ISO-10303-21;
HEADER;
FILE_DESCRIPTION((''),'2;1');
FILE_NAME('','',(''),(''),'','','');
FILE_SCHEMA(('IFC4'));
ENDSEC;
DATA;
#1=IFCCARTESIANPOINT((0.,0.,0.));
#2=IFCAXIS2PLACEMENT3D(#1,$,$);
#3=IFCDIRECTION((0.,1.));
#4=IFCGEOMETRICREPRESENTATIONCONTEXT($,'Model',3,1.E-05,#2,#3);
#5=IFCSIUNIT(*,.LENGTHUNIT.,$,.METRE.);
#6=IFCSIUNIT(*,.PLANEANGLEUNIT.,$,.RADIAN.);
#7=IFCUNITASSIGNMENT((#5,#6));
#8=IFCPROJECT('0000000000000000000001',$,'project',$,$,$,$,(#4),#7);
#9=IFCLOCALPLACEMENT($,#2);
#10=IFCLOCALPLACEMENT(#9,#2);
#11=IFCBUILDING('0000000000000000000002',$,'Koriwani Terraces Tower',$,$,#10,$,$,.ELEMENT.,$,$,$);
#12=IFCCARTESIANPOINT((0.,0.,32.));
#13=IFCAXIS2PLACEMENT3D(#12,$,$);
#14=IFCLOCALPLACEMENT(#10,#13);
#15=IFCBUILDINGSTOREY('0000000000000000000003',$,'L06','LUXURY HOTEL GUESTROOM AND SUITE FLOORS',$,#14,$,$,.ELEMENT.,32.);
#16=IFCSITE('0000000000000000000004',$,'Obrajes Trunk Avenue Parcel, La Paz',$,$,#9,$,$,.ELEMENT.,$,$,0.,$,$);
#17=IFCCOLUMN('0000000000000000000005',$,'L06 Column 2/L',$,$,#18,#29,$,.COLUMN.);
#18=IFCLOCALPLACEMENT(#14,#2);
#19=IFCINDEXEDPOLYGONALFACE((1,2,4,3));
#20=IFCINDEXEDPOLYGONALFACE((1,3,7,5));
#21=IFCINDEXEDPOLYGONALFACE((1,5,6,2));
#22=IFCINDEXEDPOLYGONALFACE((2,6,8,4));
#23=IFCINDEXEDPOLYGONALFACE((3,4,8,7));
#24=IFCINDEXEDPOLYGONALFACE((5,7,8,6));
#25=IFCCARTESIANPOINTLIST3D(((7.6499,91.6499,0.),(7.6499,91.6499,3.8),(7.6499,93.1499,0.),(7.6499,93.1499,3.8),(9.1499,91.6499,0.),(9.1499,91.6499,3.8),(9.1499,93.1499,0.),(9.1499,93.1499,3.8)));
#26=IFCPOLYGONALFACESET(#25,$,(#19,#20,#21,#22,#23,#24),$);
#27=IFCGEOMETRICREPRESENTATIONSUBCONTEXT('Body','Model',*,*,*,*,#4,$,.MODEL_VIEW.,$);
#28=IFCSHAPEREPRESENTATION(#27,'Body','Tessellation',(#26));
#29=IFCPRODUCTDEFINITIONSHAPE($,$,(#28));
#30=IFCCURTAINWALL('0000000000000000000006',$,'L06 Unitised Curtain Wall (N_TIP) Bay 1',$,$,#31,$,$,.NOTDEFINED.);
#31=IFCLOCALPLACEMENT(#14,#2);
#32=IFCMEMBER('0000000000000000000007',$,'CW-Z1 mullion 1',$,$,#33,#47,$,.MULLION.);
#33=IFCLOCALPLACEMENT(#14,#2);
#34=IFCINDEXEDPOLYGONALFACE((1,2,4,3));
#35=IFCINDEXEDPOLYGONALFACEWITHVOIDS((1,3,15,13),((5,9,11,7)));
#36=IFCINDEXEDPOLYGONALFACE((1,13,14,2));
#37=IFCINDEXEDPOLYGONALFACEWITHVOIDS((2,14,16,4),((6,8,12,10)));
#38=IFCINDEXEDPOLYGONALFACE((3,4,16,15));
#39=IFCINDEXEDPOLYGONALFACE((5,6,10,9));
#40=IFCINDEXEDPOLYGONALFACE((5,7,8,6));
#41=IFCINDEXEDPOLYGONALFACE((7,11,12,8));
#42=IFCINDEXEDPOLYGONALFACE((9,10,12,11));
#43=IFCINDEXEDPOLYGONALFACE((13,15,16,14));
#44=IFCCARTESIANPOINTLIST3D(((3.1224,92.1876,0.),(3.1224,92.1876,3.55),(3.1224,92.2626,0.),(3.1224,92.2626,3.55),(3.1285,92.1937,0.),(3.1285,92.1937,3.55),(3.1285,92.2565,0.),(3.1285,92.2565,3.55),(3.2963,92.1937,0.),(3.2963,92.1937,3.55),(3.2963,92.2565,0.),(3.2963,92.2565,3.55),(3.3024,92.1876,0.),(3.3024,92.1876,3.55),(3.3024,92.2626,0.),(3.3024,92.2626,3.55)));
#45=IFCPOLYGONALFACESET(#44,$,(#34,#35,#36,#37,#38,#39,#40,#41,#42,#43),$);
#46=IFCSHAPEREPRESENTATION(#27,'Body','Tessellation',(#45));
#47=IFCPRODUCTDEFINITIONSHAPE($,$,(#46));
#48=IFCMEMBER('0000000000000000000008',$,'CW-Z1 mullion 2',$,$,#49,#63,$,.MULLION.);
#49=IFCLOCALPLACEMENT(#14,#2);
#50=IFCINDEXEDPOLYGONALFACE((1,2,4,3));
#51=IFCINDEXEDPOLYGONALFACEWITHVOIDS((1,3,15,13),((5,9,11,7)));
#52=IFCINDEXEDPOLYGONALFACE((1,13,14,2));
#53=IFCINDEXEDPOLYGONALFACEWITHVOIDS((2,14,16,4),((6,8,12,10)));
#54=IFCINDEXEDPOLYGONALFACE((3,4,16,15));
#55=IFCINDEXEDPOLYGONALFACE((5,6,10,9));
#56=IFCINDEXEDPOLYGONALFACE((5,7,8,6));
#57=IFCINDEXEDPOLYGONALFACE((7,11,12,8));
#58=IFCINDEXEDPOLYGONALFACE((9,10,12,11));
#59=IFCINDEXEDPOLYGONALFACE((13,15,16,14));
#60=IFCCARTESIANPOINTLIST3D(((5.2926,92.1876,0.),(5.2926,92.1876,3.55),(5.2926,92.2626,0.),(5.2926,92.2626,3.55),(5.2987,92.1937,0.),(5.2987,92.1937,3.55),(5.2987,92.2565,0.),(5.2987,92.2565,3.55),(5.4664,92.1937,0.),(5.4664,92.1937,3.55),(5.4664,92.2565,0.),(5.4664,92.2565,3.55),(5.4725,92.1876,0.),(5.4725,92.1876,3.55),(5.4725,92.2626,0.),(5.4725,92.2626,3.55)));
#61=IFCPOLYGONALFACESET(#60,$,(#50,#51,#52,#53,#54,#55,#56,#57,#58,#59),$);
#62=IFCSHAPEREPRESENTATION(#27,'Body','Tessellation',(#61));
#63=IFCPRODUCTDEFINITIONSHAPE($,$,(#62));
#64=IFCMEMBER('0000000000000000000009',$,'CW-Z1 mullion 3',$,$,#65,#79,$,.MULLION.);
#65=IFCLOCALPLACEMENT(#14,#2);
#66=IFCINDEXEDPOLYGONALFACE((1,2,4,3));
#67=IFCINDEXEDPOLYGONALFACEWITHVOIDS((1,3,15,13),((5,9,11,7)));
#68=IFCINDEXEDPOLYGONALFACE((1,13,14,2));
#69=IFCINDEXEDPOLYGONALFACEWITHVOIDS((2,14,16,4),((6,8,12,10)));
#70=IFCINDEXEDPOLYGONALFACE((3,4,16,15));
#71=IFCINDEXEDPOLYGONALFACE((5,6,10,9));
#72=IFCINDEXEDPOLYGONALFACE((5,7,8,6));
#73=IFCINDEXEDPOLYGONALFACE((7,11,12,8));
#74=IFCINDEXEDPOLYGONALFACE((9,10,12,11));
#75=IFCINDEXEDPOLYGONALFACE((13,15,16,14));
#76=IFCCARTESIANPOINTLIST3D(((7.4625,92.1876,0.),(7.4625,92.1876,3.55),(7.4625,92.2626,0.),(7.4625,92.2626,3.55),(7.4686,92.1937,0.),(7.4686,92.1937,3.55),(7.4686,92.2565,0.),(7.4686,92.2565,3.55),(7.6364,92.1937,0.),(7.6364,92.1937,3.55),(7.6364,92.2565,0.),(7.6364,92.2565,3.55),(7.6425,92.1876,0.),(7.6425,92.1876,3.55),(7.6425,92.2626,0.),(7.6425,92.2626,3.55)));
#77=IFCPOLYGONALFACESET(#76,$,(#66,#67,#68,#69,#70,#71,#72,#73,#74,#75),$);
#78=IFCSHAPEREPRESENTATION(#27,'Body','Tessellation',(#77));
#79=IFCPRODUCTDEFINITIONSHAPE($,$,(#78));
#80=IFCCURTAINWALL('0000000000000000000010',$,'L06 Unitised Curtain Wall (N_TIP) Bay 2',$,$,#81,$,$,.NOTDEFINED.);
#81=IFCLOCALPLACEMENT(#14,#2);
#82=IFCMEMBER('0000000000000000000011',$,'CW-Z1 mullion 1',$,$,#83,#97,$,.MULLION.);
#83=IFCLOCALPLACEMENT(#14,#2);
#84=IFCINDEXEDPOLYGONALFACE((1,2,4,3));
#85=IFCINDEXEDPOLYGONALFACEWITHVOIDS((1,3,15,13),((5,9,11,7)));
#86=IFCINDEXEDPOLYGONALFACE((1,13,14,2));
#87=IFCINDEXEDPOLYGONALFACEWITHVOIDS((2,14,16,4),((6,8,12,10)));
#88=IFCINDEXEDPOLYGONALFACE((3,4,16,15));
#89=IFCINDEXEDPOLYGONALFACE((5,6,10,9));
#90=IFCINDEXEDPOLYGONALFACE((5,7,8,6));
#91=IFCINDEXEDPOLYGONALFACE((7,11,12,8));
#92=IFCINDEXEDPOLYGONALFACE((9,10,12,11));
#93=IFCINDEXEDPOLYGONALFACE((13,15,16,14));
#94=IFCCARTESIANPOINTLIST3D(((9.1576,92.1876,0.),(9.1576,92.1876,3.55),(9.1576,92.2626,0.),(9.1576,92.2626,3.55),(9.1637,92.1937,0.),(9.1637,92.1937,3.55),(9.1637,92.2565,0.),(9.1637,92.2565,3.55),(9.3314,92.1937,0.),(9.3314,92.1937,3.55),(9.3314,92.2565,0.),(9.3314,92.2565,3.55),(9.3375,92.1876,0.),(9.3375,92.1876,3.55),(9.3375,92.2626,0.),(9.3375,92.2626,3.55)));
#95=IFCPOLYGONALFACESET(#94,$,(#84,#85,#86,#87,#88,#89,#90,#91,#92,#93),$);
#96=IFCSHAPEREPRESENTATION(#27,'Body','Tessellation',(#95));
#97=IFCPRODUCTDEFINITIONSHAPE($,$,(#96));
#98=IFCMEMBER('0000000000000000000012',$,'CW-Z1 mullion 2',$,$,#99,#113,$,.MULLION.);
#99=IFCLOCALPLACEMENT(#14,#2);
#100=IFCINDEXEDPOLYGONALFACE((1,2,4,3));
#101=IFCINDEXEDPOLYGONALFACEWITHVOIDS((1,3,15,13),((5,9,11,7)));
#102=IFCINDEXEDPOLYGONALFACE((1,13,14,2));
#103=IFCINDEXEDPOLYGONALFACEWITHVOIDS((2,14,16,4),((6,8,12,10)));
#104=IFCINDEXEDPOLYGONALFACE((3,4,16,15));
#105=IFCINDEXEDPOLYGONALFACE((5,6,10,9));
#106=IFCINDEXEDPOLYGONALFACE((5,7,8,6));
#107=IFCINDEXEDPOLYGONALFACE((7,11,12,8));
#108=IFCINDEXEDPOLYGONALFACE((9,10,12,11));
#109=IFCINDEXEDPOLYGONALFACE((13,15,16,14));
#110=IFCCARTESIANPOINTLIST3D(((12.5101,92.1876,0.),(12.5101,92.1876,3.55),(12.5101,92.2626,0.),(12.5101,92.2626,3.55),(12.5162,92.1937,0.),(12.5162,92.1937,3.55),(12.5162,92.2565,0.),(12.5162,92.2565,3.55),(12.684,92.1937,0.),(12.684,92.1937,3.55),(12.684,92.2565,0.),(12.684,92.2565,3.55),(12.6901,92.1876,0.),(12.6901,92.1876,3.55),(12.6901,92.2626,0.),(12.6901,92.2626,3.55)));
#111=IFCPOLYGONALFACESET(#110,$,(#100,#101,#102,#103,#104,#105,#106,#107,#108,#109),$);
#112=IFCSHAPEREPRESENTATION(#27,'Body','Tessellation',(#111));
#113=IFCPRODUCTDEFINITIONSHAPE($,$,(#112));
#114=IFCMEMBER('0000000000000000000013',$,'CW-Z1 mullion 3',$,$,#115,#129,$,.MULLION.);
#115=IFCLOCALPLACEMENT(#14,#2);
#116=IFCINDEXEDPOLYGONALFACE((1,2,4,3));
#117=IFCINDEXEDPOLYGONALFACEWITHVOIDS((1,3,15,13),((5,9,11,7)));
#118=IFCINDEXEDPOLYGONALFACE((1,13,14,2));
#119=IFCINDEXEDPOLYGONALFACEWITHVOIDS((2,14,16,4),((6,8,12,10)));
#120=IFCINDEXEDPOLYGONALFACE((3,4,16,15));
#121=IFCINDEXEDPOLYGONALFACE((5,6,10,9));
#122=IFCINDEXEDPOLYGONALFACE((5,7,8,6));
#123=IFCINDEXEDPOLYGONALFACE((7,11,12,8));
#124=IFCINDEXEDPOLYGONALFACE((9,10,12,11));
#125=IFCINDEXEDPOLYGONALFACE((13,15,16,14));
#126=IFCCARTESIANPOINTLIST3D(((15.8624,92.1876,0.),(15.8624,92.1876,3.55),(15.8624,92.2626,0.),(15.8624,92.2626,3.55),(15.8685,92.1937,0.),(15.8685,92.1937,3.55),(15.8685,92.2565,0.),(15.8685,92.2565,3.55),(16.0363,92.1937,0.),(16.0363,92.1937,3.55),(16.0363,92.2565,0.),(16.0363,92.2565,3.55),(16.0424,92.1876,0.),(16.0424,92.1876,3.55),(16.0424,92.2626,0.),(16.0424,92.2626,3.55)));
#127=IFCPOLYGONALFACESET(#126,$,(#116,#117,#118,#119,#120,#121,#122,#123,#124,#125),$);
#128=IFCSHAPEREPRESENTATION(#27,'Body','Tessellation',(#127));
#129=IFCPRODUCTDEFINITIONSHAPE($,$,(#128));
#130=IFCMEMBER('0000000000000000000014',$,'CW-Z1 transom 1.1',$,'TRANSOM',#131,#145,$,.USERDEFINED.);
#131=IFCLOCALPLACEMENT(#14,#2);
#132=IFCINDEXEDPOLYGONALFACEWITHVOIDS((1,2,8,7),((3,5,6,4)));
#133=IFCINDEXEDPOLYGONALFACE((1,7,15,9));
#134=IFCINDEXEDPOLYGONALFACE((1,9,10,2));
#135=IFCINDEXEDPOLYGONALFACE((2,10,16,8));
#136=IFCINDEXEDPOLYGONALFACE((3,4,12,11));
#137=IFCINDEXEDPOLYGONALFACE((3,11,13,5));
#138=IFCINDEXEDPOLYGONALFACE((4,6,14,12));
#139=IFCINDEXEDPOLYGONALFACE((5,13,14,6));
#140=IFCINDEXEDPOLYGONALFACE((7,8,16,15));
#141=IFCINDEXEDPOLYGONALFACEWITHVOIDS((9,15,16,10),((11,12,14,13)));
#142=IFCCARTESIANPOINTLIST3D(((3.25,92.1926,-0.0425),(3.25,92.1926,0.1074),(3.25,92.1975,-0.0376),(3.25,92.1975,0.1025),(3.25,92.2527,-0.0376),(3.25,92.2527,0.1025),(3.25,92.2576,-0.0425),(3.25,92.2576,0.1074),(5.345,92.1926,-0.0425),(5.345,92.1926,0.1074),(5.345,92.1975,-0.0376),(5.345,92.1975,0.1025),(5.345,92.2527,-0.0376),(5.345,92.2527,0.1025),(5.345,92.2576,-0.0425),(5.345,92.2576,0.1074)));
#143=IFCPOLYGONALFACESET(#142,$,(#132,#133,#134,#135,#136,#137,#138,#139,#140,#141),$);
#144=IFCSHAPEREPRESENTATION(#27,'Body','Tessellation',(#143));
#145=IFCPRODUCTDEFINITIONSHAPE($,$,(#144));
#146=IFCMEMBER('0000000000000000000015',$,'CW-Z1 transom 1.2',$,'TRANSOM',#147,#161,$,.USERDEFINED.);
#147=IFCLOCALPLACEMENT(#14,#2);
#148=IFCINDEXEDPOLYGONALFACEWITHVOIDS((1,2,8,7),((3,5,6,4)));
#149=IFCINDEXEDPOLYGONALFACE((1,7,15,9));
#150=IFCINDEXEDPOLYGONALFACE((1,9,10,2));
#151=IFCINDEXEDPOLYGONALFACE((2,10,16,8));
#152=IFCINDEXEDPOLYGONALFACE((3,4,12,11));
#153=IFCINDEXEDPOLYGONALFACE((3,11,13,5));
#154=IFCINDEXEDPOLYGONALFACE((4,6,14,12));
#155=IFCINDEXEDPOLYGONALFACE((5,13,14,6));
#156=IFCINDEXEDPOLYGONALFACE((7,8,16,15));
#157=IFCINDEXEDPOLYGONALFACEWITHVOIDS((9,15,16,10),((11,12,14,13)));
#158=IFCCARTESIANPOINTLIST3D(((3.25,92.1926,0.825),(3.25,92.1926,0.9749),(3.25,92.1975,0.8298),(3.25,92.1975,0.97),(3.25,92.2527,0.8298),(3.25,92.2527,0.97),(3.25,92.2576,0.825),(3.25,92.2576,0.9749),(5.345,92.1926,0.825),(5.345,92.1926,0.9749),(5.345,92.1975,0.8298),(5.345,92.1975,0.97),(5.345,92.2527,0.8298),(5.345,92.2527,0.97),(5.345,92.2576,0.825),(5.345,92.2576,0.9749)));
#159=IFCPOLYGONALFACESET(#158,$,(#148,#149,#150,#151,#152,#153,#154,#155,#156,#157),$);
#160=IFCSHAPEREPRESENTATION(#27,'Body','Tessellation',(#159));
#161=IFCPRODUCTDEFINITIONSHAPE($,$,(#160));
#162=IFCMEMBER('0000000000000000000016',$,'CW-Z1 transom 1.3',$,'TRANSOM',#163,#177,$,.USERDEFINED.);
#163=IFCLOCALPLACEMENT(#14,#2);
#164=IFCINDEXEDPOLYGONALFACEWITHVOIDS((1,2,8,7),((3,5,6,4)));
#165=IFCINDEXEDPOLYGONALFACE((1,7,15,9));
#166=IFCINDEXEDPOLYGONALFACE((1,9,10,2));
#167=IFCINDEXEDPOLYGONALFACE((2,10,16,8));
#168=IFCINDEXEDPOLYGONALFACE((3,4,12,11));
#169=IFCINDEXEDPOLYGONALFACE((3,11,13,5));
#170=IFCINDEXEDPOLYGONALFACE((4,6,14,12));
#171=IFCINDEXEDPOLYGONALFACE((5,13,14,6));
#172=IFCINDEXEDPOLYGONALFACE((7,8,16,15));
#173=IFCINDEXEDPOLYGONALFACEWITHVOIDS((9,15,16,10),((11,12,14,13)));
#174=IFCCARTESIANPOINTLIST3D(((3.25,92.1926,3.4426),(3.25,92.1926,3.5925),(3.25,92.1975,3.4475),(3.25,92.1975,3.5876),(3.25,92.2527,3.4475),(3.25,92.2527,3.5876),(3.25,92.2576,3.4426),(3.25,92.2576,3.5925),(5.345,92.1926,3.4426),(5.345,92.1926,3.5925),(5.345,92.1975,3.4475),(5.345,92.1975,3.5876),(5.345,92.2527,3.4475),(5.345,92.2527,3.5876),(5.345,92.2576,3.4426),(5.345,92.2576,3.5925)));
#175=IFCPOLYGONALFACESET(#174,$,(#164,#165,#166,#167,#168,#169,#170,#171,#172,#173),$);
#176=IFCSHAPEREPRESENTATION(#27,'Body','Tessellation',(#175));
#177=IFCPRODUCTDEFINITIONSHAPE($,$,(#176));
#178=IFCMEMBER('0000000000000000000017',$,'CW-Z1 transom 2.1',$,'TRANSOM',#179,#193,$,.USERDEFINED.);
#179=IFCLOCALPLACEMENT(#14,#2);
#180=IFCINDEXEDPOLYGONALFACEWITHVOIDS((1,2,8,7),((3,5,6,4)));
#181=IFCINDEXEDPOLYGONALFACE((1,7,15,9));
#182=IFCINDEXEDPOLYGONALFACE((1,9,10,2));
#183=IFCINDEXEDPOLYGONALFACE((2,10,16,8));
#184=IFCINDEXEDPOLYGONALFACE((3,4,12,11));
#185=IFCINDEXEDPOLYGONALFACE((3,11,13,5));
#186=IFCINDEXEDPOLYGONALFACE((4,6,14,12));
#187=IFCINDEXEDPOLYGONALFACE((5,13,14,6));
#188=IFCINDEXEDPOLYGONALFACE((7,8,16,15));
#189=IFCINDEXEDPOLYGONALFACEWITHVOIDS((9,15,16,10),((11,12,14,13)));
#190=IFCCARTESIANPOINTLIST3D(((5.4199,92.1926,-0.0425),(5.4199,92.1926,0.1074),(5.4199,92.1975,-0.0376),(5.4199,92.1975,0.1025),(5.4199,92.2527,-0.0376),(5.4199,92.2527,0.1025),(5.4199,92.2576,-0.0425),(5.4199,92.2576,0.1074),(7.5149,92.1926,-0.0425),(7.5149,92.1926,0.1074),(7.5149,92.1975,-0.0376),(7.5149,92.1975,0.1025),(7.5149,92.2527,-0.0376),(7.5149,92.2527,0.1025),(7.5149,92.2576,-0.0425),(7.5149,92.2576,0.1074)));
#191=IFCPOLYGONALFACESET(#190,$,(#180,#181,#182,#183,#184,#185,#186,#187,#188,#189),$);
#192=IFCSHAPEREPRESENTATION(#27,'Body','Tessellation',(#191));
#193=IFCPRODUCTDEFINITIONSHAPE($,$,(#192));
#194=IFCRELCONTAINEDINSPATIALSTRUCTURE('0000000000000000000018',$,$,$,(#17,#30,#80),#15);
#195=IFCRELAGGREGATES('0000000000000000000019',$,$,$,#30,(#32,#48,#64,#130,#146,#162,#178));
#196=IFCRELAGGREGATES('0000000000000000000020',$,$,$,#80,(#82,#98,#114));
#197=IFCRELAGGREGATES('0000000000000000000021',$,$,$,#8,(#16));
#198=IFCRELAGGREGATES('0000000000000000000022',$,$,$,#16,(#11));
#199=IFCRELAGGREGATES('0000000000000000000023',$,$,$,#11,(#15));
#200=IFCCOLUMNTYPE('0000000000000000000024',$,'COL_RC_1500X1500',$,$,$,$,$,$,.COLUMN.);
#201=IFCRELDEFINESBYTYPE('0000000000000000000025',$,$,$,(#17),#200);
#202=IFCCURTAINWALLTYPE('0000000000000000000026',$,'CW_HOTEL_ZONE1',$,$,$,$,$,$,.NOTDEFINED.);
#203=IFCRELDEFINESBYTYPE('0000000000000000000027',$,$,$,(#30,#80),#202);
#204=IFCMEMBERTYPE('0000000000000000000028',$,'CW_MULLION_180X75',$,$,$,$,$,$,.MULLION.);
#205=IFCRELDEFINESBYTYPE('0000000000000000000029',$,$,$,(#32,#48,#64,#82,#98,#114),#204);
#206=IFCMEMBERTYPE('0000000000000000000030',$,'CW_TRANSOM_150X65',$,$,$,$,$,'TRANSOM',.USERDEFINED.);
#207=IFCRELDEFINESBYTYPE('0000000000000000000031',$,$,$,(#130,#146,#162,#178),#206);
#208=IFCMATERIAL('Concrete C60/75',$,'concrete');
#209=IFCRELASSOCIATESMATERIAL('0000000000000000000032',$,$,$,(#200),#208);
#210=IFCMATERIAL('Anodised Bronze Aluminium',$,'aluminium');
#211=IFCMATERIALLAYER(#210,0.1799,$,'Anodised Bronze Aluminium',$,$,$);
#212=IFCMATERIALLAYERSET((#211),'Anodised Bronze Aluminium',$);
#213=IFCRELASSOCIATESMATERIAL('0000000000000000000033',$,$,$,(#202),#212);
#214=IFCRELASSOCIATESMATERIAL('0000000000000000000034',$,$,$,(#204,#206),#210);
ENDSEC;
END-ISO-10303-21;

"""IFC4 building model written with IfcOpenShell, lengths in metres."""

from ifc_helpers import new_model, si_unit, direction, frame, origin, origin_2d, place, context, subcontext, project, spatial, rectangle, hollow_rectangle, extrude, material, layer, layer_set, material_profile, profile_set, type_object, element, aggregate, save


model = new_model("IFC4")

# Units and contexts
model_context = context("Model", 3, precision=1e-05, world=origin(), true_north=direction((0.0, 1.0)))
body_context = subcontext(model_context, "Body", "Model", "MODEL_VIEW")
ifc_project = project(units=[si_unit("LENGTHUNIT", "METRE"), si_unit("PLANEANGLEUNIT", "RADIAN")], contexts=[model_context])

# Site, building, storey
site_placement = place(None, origin())
site = spatial("IfcSite", under=ifc_project, at=site_placement, Name="Obrajes Trunk Avenue Parcel, La Paz", CompositionType="ELEMENT", RefElevation=0.0)
building_placement = place(site_placement, origin())
building = spatial("IfcBuilding", under=site, at=building_placement, Name="Koriwani Terraces Tower", CompositionType="ELEMENT")
storey_placement = place(building_placement, frame((0.0, 0.0, 32.0)))
storey = spatial("IfcBuildingStorey", under=building, at=storey_placement, Name="L06", Description="LUXURY HOTEL GUESTROOM AND SUITE FLOORS", CompositionType="ELEMENT", Elevation=32.0)

# Column
ifc_material_1 = material(Name="Concrete C60/75", Category="concrete")
ifc_material_profile_1 = material_profile(ifc_material_1, rectangle(XDim=1.5, YDim=1.5, at=origin_2d()), Name="Concrete C60/75", Category="LoadBearing")
ifc_profile_set_1 = profile_set([ifc_material_profile_1], Name="Concrete C60/75")
column_type = type_object("IfcColumnType", Name="COL_RC_1500X1500", PredefinedType="COLUMN", material=ifc_profile_set_1)
column_placement = place(storey_placement, frame((8.3999, 92.3999, 0.0), z_axis=(0.0, 0.0, 1.0), x_axis=(1.0, 0.0, 0.0)))
element("IfcColumn", 1, at=column_placement, inside=storey, type_object=column_type, Name="L06 Column 2/L", PredefinedType="COLUMN", context=body_context, shape_type="SweptSolid", body=[
    extrude(rectangle(XDim=1.5, YDim=1.5, at=origin_2d()), origin(), (0.0, 0.0, 1.0), 3.8),
])

# Curtain walls, members
ifc_material_2 = material(Name="Anodised Bronze Aluminium", Category="aluminium")
ifc_layer_1 = layer(ifc_material_2, 0.1799, Name="Anodised Bronze Aluminium")
ifc_layer_set_1 = layer_set([ifc_layer_1], Name="Anodised Bronze Aluminium")
curtain_wall_type = type_object("IfcCurtainWallType", Name="CW_HOTEL_ZONE1", PredefinedType="NOTDEFINED", material=ifc_layer_set_1)
curtain_wall_1_placement = place(storey_placement, origin())
curtain_wall_1 = element("IfcCurtainWall", 2, at=curtain_wall_1_placement, inside=storey, type_object=curtain_wall_type, Name="L06 Unitised Curtain Wall (N_TIP) Bay 1", PredefinedType="NOTDEFINED")
ifc_material_profile_2 = material_profile(ifc_material_2, hollow_rectangle(XDim=0.075, YDim=0.1799, WallThickness=0.0061, at=origin_2d()), Name="Anodised Bronze Aluminium", Category="LoadBearing")
ifc_profile_set_2 = profile_set([ifc_material_profile_2], Name="Anodised Bronze Aluminium")
member_type_1 = type_object("IfcMemberType", Name="CW_MULLION_180X75", PredefinedType="MULLION", material=ifc_profile_set_2)
member_1_placement = place(storey_placement, frame((3.2124, 92.2251, 0.0), z_axis=(0.0, 0.0, 1.0), x_axis=(0.0, 1.0, 0.0)))
member_1 = element("IfcMember", 3, at=member_1_placement, type_object=member_type_1, Name="CW-Z1 mullion 1", PredefinedType="MULLION", context=body_context, shape_type="SweptSolid", body=[
    extrude(hollow_rectangle(XDim=0.075, YDim=0.1799, WallThickness=0.0061, at=origin_2d()), origin(), (0.0, 0.0, 1.0), 3.55),
])
member_2_placement = place(storey_placement, frame((5.3826, 92.2251, 0.0), z_axis=(0.0, 0.0, 1.0), x_axis=(0.0, 1.0, 0.0)))
member_2 = element("IfcMember", 4, at=member_2_placement, type_object=member_type_1, Name="CW-Z1 mullion 2", PredefinedType="MULLION", context=body_context, shape_type="SweptSolid", body=[
    extrude(hollow_rectangle(XDim=0.075, YDim=0.1799, WallThickness=0.0061, at=origin_2d()), origin(), (0.0, 0.0, 1.0), 3.55),
])
member_3_placement = place(storey_placement, frame((7.5525, 92.2251, 0.0), z_axis=(0.0, 0.0, 1.0), x_axis=(0.0, 1.0, 0.0)))
member_3 = element("IfcMember", 5, at=member_3_placement, type_object=member_type_1, Name="CW-Z1 mullion 3", PredefinedType="MULLION", context=body_context, shape_type="SweptSolid", body=[
    extrude(hollow_rectangle(XDim=0.075, YDim=0.1799, WallThickness=0.0061, at=origin_2d()), origin(), (0.0, 0.0, 1.0), 3.55),
])
curtain_wall_2_placement = place(storey_placement, origin())
curtain_wall_2 = element("IfcCurtainWall", 6, at=curtain_wall_2_placement, inside=storey, type_object=curtain_wall_type, Name="L06 Unitised Curtain Wall (N_TIP) Bay 2", PredefinedType="NOTDEFINED")
member_4_placement = place(storey_placement, frame((9.2476, 92.2251, 0.0), z_axis=(0.0, 0.0, 1.0), x_axis=(0.0, 1.0, 0.0)))
member_4 = element("IfcMember", 7, at=member_4_placement, type_object=member_type_1, Name="CW-Z1 mullion 1", PredefinedType="MULLION", context=body_context, shape_type="SweptSolid", body=[
    extrude(hollow_rectangle(XDim=0.075, YDim=0.1799, WallThickness=0.0061, at=origin_2d()), origin(), (0.0, 0.0, 1.0), 3.55),
])
member_5_placement = place(storey_placement, frame((12.6001, 92.2251, 0.0), z_axis=(0.0, 0.0, 1.0), x_axis=(0.0, 1.0, 0.0)))
member_5 = element("IfcMember", 8, at=member_5_placement, type_object=member_type_1, Name="CW-Z1 mullion 2", PredefinedType="MULLION", context=body_context, shape_type="SweptSolid", body=[
    extrude(hollow_rectangle(XDim=0.075, YDim=0.1799, WallThickness=0.0061, at=origin_2d()), origin(), (0.0, 0.0, 1.0), 3.55),
])
member_6_placement = place(storey_placement, frame((15.9524, 92.2251, 0.0), z_axis=(0.0, 0.0, 1.0), x_axis=(0.0, 1.0, 0.0)))
member_6 = element("IfcMember", 9, at=member_6_placement, type_object=member_type_1, Name="CW-Z1 mullion 3", PredefinedType="MULLION", context=body_context, shape_type="SweptSolid", body=[
    extrude(hollow_rectangle(XDim=0.075, YDim=0.1799, WallThickness=0.0061, at=origin_2d()), origin(), (0.0, 0.0, 1.0), 3.55),
])

# Members
ifc_material_profile_3 = material_profile(ifc_material_2, hollow_rectangle(XDim=0.0649, YDim=0.1499, WallThickness=0.0049, at=origin_2d()), Name="Anodised Bronze Aluminium", Category="LoadBearing")
ifc_profile_set_3 = profile_set([ifc_material_profile_3], Name="Anodised Bronze Aluminium")
member_type_2 = type_object("IfcMemberType", Name="CW_TRANSOM_150X65", ElementType="TRANSOM", PredefinedType="USERDEFINED", material=ifc_profile_set_3)
member_7_placement = place(storey_placement, frame((3.25, 92.2251, 0.0325), z_axis=(1.0, 0.0, 0.0), x_axis=(0.0, 1.0, 0.0)))
member_7 = element("IfcMember", 10, at=member_7_placement, type_object=member_type_2, Name="CW-Z1 transom 1.1", ObjectType="TRANSOM", PredefinedType="USERDEFINED", context=body_context, shape_type="SweptSolid", body=[
    extrude(hollow_rectangle(XDim=0.0649, YDim=0.1499, WallThickness=0.0049, at=origin_2d()), origin(), (0.0, 0.0, 1.0), 2.095),
])
member_8_placement = place(storey_placement, frame((3.25, 92.2251, 0.8999), z_axis=(1.0, 0.0, 0.0), x_axis=(0.0, 1.0, 0.0)))
member_8 = element("IfcMember", 11, at=member_8_placement, type_object=member_type_2, Name="CW-Z1 transom 1.2", ObjectType="TRANSOM", PredefinedType="USERDEFINED", context=body_context, shape_type="SweptSolid", body=[
    extrude(hollow_rectangle(XDim=0.0649, YDim=0.1499, WallThickness=0.0049, at=origin_2d()), origin(), (0.0, 0.0, 1.0), 2.095),
])
member_9_placement = place(storey_placement, frame((3.25, 92.2251, 3.5176), z_axis=(1.0, 0.0, 0.0), x_axis=(0.0, 1.0, 0.0)))
member_9 = element("IfcMember", 12, at=member_9_placement, type_object=member_type_2, Name="CW-Z1 transom 1.3", ObjectType="TRANSOM", PredefinedType="USERDEFINED", context=body_context, shape_type="SweptSolid", body=[
    extrude(hollow_rectangle(XDim=0.0649, YDim=0.1499, WallThickness=0.0049, at=origin_2d()), origin(), (0.0, 0.0, 1.0), 2.095),
])
member_10_placement = place(storey_placement, frame((5.4199, 92.2251, 0.0325), z_axis=(1.0, 0.0, 0.0), x_axis=(0.0, 1.0, 0.0)))
member_10 = element("IfcMember", 13, at=member_10_placement, type_object=member_type_2, Name="CW-Z1 transom 2.1", ObjectType="TRANSOM", PredefinedType="USERDEFINED", context=body_context, shape_type="SweptSolid", body=[
    extrude(hollow_rectangle(XDim=0.0649, YDim=0.1499, WallThickness=0.0049, at=origin_2d()), origin(), (0.0, 0.0, 1.0), 2.095),
])

aggregate(curtain_wall_1, [member_1, member_2, member_3, member_7, member_8, member_9, member_10])
aggregate(curtain_wall_2, [member_4, member_5, member_6])

save(model, "model.ifc")
